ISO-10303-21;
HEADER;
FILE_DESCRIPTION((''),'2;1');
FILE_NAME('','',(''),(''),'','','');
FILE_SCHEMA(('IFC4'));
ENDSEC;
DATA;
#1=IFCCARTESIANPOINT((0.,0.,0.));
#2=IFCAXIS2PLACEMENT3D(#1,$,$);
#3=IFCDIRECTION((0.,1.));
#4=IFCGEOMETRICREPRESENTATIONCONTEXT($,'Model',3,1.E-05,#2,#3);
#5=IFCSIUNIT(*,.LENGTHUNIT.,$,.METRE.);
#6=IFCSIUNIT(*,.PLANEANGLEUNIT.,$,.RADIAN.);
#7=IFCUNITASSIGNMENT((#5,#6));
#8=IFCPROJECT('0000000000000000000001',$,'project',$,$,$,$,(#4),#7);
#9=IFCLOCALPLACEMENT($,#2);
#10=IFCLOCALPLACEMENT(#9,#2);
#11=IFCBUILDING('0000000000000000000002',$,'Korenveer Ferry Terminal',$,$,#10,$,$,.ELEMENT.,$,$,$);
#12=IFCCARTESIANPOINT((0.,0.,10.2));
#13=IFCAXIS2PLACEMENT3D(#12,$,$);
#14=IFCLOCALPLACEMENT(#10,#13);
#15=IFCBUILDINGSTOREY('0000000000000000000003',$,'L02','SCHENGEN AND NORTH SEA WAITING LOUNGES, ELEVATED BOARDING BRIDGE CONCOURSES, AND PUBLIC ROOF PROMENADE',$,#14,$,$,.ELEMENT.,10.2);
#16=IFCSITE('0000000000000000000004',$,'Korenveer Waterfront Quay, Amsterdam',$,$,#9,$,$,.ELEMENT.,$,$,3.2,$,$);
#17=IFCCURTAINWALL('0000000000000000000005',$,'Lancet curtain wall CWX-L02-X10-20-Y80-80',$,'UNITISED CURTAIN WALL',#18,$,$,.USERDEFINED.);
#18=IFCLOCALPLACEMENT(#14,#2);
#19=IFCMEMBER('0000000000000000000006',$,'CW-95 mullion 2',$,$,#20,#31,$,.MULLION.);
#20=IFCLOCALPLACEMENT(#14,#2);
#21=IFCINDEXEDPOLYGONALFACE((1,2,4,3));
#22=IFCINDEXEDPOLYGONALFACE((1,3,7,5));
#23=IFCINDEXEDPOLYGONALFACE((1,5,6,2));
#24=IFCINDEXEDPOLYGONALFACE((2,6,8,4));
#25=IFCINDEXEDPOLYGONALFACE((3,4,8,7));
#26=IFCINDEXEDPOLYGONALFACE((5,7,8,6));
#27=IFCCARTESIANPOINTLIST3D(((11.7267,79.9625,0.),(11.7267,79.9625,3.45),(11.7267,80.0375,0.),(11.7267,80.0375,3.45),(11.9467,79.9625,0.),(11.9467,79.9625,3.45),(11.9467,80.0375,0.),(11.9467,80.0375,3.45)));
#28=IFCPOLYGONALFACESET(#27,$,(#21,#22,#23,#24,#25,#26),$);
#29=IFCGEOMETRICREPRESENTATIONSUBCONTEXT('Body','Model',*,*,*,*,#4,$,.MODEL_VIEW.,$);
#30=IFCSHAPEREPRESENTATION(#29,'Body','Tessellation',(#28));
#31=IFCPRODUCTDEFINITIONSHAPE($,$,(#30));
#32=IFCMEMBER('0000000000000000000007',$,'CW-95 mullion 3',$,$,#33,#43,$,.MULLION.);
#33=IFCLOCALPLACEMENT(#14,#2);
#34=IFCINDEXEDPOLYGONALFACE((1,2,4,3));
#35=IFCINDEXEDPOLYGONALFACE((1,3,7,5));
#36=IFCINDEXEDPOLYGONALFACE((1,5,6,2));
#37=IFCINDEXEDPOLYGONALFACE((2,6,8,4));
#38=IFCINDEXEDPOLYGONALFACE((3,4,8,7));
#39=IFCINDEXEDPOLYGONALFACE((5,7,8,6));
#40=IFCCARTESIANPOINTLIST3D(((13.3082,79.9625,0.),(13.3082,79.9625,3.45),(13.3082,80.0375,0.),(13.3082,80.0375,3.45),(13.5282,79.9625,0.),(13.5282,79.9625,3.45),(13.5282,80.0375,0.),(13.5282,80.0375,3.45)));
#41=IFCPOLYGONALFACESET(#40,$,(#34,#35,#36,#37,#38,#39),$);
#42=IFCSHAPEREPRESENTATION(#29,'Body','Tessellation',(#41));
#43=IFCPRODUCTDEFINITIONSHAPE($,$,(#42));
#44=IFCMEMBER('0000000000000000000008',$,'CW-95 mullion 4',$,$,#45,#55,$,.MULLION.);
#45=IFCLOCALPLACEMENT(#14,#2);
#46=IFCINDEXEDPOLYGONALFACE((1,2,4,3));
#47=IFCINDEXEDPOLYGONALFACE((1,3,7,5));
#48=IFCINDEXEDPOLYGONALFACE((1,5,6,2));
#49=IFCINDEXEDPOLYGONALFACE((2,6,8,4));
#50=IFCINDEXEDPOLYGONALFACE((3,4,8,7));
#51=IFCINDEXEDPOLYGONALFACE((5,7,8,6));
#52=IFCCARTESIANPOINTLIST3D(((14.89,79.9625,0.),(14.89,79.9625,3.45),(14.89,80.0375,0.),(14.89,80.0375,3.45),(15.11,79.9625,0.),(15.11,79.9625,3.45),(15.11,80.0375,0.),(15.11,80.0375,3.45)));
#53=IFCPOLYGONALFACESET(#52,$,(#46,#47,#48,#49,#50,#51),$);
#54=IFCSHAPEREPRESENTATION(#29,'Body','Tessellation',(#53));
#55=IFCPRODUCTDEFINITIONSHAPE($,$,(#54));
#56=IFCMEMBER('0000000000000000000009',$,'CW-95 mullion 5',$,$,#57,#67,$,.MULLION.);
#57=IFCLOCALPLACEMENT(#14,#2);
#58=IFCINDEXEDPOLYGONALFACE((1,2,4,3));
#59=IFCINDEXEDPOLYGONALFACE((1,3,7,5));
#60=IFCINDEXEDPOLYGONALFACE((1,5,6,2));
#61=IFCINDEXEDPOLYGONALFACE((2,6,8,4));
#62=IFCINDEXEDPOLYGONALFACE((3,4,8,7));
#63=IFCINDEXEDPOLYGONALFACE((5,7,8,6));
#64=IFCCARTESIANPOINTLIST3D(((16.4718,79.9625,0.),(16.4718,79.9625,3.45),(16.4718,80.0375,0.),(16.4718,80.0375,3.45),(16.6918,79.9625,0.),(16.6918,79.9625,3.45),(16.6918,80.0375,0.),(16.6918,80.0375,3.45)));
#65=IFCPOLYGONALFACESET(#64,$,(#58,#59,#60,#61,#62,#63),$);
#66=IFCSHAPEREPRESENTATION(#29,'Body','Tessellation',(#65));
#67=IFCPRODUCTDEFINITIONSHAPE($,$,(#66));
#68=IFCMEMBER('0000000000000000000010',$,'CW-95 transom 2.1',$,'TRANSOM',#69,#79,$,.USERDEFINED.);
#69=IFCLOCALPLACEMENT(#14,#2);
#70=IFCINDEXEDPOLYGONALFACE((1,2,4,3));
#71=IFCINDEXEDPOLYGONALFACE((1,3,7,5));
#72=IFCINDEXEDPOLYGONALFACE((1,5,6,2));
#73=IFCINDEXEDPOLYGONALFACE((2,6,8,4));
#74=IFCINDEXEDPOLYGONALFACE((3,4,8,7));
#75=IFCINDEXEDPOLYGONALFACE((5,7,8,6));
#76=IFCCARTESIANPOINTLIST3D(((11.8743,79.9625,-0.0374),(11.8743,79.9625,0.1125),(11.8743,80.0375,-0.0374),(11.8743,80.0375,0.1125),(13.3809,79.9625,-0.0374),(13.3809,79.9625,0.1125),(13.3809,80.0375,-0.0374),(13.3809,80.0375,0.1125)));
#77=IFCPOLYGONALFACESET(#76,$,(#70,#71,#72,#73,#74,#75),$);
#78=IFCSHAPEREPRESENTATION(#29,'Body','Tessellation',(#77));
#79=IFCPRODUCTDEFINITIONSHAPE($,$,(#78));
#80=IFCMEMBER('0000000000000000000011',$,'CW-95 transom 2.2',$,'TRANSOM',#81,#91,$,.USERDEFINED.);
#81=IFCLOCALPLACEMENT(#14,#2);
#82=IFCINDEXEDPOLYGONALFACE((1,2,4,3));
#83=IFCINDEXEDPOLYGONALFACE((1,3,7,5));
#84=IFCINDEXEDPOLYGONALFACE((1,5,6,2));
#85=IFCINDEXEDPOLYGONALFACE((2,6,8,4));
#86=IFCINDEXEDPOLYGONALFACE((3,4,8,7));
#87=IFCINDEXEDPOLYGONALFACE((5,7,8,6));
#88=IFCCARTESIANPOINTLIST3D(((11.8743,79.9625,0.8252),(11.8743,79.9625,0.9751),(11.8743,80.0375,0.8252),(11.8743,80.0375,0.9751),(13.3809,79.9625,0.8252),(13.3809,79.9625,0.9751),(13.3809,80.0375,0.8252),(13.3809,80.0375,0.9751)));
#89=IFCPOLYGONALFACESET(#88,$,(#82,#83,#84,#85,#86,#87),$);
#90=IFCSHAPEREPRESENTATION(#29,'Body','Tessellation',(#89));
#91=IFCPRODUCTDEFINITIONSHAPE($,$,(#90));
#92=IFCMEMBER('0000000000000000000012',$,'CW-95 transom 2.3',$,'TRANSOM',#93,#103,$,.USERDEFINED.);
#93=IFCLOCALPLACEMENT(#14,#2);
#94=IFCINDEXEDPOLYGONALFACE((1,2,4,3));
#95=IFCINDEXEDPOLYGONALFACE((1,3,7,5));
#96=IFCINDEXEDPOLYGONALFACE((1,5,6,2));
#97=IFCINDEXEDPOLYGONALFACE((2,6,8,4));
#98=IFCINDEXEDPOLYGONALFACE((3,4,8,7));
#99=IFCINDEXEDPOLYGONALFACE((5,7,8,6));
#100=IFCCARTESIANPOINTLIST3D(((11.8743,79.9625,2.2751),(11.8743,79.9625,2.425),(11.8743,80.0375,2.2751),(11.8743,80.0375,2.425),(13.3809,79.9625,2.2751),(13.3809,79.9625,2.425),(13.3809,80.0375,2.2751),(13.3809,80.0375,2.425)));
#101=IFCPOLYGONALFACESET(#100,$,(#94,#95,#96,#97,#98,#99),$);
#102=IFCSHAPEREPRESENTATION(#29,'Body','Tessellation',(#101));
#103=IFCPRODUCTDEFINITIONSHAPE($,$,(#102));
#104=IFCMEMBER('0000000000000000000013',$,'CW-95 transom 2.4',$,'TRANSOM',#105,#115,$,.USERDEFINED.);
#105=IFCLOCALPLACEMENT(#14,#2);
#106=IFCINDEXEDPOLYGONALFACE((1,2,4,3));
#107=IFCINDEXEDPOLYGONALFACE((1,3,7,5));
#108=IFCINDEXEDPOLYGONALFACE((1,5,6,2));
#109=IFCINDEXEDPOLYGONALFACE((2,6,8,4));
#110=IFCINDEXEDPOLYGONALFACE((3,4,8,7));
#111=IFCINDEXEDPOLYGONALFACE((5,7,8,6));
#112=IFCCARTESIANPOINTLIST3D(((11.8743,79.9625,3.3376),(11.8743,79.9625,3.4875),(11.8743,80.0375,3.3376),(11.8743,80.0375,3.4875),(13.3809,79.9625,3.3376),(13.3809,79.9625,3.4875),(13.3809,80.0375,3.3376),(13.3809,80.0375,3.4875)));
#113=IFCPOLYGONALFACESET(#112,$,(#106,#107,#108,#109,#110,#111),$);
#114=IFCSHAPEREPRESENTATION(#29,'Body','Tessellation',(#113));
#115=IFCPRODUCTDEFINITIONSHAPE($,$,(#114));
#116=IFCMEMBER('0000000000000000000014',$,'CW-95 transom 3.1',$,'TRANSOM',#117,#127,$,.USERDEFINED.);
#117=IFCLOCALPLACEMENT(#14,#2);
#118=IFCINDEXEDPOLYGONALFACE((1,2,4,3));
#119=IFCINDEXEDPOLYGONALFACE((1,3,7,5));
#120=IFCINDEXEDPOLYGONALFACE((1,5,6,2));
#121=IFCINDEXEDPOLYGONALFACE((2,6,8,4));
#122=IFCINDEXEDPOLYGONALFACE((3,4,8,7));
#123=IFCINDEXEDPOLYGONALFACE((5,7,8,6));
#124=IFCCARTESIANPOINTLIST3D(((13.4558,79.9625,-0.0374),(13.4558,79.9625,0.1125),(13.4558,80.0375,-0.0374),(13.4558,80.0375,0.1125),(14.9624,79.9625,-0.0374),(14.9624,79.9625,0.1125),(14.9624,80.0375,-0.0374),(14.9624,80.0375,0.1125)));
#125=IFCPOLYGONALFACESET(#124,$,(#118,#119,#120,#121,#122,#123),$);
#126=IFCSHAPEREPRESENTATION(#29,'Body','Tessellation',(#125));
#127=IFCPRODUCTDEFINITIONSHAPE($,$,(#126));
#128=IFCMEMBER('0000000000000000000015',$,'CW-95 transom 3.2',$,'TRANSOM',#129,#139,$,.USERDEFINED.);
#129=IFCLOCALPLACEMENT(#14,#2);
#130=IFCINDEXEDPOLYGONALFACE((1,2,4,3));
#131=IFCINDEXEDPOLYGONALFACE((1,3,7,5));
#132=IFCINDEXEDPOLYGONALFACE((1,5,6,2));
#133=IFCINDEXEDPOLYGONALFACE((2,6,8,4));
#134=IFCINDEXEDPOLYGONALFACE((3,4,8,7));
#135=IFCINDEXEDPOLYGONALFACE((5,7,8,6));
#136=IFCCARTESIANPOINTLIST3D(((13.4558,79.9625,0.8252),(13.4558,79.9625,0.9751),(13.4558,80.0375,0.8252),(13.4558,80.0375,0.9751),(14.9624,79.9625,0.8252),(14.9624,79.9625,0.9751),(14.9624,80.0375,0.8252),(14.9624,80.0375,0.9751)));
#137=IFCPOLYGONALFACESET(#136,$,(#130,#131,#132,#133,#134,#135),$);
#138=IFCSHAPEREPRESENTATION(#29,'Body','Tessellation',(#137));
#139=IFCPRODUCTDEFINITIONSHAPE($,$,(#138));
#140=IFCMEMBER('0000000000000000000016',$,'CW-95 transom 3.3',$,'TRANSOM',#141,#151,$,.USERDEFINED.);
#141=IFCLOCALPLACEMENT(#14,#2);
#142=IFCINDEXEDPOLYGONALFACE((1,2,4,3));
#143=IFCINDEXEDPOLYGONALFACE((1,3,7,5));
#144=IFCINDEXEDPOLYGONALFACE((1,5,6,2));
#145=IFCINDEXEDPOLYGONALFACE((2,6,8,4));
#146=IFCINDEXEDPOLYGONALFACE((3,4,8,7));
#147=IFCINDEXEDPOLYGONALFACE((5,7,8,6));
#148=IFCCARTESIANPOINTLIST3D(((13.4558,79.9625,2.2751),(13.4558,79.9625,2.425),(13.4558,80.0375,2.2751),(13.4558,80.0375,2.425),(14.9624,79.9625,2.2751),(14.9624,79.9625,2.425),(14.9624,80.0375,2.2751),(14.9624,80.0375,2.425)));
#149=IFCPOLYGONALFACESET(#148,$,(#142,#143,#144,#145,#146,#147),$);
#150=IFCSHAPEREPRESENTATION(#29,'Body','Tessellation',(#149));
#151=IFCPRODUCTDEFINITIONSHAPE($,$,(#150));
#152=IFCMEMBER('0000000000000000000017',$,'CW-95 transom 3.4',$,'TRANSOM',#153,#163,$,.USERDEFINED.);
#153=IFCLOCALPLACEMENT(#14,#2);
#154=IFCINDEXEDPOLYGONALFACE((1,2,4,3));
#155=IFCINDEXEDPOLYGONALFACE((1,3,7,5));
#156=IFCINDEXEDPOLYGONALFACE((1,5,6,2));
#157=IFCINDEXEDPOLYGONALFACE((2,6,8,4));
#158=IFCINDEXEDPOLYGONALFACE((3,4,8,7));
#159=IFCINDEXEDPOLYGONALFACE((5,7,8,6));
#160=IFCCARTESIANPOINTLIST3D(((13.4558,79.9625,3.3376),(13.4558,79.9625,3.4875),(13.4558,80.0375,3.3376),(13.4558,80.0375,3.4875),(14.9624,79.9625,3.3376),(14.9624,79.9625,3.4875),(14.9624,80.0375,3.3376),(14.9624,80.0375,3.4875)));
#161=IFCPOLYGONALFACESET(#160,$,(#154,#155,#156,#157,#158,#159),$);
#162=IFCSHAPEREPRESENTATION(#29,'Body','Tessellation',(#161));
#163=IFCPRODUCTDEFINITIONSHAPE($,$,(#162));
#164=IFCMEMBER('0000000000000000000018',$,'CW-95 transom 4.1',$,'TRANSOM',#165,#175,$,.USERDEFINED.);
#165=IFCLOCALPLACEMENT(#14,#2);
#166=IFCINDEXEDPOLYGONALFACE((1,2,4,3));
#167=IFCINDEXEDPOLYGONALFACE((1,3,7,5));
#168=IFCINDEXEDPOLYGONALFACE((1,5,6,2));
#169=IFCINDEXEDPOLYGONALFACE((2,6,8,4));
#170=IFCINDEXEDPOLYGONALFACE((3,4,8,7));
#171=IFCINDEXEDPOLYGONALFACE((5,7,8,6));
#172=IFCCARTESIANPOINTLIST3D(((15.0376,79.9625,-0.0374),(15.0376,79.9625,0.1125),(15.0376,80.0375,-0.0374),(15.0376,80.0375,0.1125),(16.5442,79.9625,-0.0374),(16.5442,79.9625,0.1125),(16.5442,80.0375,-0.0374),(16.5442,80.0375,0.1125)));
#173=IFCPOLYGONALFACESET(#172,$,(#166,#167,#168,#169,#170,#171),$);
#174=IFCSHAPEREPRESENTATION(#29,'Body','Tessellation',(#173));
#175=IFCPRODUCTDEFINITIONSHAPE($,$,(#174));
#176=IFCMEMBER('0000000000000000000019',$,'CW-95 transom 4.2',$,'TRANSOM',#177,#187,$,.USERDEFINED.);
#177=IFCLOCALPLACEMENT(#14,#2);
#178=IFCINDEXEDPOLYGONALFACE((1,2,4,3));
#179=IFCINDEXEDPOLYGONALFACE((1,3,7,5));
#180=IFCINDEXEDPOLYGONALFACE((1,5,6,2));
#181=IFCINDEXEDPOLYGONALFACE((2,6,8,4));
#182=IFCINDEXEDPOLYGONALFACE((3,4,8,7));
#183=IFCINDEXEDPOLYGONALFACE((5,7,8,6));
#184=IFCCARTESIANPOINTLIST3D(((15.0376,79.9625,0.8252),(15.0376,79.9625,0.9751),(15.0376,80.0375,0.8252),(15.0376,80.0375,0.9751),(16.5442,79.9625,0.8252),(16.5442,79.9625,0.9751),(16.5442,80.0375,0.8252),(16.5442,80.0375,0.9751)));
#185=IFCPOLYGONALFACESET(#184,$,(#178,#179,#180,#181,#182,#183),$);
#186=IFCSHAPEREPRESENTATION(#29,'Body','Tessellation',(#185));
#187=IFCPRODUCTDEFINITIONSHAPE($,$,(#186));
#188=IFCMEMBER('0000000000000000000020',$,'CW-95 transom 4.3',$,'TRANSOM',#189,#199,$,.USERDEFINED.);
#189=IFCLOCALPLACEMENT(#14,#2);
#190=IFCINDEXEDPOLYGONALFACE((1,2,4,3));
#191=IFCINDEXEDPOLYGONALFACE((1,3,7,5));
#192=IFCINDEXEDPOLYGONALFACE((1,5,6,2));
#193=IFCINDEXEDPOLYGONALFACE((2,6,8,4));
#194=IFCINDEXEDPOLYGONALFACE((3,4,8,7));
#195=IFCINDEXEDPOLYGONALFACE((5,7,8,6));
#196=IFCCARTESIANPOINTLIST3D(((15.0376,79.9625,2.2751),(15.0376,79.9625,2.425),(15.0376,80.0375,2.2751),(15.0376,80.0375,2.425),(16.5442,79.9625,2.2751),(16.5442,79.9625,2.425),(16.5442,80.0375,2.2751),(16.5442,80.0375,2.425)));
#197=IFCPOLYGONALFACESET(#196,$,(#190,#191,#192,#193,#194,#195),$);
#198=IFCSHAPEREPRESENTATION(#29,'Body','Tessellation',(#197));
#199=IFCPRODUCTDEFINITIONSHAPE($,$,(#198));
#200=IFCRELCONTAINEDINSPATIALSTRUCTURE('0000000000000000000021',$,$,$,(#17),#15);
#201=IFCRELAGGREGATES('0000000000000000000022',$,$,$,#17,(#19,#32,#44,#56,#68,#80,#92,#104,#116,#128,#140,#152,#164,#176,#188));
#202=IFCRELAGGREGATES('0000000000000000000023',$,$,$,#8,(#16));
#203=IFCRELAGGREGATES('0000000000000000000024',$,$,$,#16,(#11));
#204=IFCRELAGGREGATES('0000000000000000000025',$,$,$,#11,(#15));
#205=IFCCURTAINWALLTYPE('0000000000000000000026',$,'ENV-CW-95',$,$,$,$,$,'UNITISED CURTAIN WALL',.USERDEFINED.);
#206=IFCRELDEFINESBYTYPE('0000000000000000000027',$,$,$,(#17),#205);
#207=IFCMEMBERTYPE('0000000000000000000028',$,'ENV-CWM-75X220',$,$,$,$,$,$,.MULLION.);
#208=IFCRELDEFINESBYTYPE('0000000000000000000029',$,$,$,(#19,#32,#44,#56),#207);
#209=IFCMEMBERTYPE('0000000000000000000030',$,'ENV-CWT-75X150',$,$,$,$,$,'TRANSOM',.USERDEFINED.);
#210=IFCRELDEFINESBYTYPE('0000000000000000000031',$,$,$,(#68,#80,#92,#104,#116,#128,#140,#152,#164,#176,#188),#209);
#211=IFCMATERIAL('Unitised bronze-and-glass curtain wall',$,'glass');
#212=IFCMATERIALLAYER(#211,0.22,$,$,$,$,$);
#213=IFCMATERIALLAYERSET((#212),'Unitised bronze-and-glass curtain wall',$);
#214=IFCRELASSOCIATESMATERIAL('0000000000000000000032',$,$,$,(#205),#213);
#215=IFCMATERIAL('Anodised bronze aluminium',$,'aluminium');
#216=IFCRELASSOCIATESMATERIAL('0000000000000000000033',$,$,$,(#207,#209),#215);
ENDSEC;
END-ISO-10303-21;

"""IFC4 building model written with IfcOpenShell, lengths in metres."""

from ifc_helpers import new_model, si_unit, direction, frame, origin, origin_2d, place, context, subcontext, project, spatial, rectangle, extrude, material, layer, layer_set, material_profile, profile_set, type_object, element, aggregate, save


model = new_model("IFC4")

# Units and contexts
model_context = context("Model", 3, precision=1e-05, world=origin(), true_north=direction((0.0, 1.0)))
body_context = subcontext(model_context, "Body", "Model", "MODEL_VIEW")
ifc_project = project(units=[si_unit("LENGTHUNIT", "METRE"), si_unit("PLANEANGLEUNIT", "RADIAN")], contexts=[model_context])

# Site, building, storey
site_placement = place(None, origin())
site = spatial("IfcSite", under=ifc_project, at=site_placement, Name="Korenveer Waterfront Quay, Amsterdam", CompositionType="ELEMENT", RefElevation=3.2)
building_placement = place(site_placement, origin())
building = spatial("IfcBuilding", under=site, at=building_placement, Name="Korenveer Ferry Terminal", CompositionType="ELEMENT")
storey_placement = place(building_placement, frame((0.0, 0.0, 10.2)))
storey = spatial("IfcBuildingStorey", under=building, at=storey_placement, Name="L02", Description="SCHENGEN AND NORTH SEA WAITING LOUNGES, ELEVATED BOARDING BRIDGE CONCOURSES, AND PUBLIC ROOF PROMENADE", CompositionType="ELEMENT", Elevation=10.2)

# Curtain wall, members
ifc_material_1 = material(Name="Unitised bronze-and-glass curtain wall", Category="glass")
ifc_layer_1 = layer(ifc_material_1, 0.22)
ifc_layer_set_1 = layer_set([ifc_layer_1], Name="Unitised bronze-and-glass curtain wall")
curtain_wall_type = type_object("IfcCurtainWallType", Name="ENV-CW-95", ElementType="UNITISED CURTAIN WALL", PredefinedType="USERDEFINED", material=ifc_layer_set_1)
curtain_wall_placement = place(storey_placement, frame((10.2549, 80.0, 0.0)))
curtain_wall = element("IfcCurtainWall", 1, at=curtain_wall_placement, inside=storey, type_object=curtain_wall_type, Name="Lancet curtain wall CWX-L02-X10-20-Y80-80", ObjectType="UNITISED CURTAIN WALL", PredefinedType="USERDEFINED")
ifc_material_2 = material(Name="Anodised bronze aluminium", Category="aluminium")
ifc_material_profile_1 = material_profile(ifc_material_2, rectangle(XDim=0.075, YDim=0.22, at=origin_2d()), Name="ALU 75x220")
ifc_profile_set_1 = profile_set([ifc_material_profile_1], Name="Anodised bronze aluminium")
member_type_1 = type_object("IfcMemberType", Name="ENV-CWM-75X220", PredefinedType="MULLION", material=ifc_profile_set_1)
member_1_placement = place(storey_placement, frame((11.8367, 80.0, 0.0), z_axis=(0.0, 0.0, 1.0), x_axis=(0.0, 1.0, 0.0)))
member_1 = element("IfcMember", 2, at=member_1_placement, type_object=member_type_1, Name="CW-95 mullion 2", PredefinedType="MULLION", context=body_context, shape_type="SweptSolid", body=[
    extrude(rectangle(XDim=0.075, YDim=0.22, at=origin_2d()), origin(), (0.0, 0.0, 1.0), 3.45),
])
member_2_placement = place(storey_placement, frame((13.4182, 80.0, 0.0), z_axis=(0.0, 0.0, 1.0), x_axis=(0.0, 1.0, 0.0)))
member_2 = element("IfcMember", 3, at=member_2_placement, type_object=member_type_1, Name="CW-95 mullion 3", PredefinedType="MULLION", context=body_context, shape_type="SweptSolid", body=[
    extrude(rectangle(XDim=0.075, YDim=0.22, at=origin_2d()), origin(), (0.0, 0.0, 1.0), 3.45),
])
member_3_placement = place(storey_placement, frame((15.0, 80.0, 0.0), z_axis=(0.0, 0.0, 1.0), x_axis=(0.0, 1.0, 0.0)))
member_3 = element("IfcMember", 4, at=member_3_placement, type_object=member_type_1, Name="CW-95 mullion 4", PredefinedType="MULLION", context=body_context, shape_type="SweptSolid", body=[
    extrude(rectangle(XDim=0.075, YDim=0.22, at=origin_2d()), origin(), (0.0, 0.0, 1.0), 3.45),
])
member_4_placement = place(storey_placement, frame((16.5818, 80.0, 0.0), z_axis=(0.0, 0.0, 1.0), x_axis=(0.0, 1.0, 0.0)))
member_4 = element("IfcMember", 5, at=member_4_placement, type_object=member_type_1, Name="CW-95 mullion 5", PredefinedType="MULLION", context=body_context, shape_type="SweptSolid", body=[
    extrude(rectangle(XDim=0.075, YDim=0.22, at=origin_2d()), origin(), (0.0, 0.0, 1.0), 3.45),
])
ifc_material_profile_2 = material_profile(ifc_material_2, rectangle(XDim=0.075, YDim=0.1499, at=origin_2d()), Name="ALU 75x150")
ifc_profile_set_2 = profile_set([ifc_material_profile_2], Name="Anodised bronze aluminium")
member_type_2 = type_object("IfcMemberType", Name="ENV-CWT-75X150", ElementType="TRANSOM", PredefinedType="USERDEFINED", material=ifc_profile_set_2)
member_5_placement = place(storey_placement, frame((11.8743, 80.0, 0.0376), z_axis=(1.0, 0.0, 0.0), x_axis=(0.0, 1.0, 0.0)))
member_5 = element("IfcMember", 6, at=member_5_placement, type_object=member_type_2, Name="CW-95 transom 2.1", ObjectType="TRANSOM", PredefinedType="USERDEFINED", context=body_context, shape_type="SweptSolid", body=[
    extrude(rectangle(XDim=0.075, YDim=0.1499, at=origin_2d()), origin(), (0.0, 0.0, 1.0), 1.5066),
])
member_6_placement = place(storey_placement, frame((11.8743, 80.0, 0.9001), z_axis=(1.0, 0.0, 0.0), x_axis=(0.0, 1.0, 0.0)))
member_6 = element("IfcMember", 7, at=member_6_placement, type_object=member_type_2, Name="CW-95 transom 2.2", ObjectType="TRANSOM", PredefinedType="USERDEFINED", context=body_context, shape_type="SweptSolid", body=[
    extrude(rectangle(XDim=0.075, YDim=0.1499, at=origin_2d()), origin(), (0.0, 0.0, 1.0), 1.5066),
])
member_7_placement = place(storey_placement, frame((11.8743, 80.0, 2.3501), z_axis=(1.0, 0.0, 0.0), x_axis=(0.0, 1.0, 0.0)))
member_7 = element("IfcMember", 8, at=member_7_placement, type_object=member_type_2, Name="CW-95 transom 2.3", ObjectType="TRANSOM", PredefinedType="USERDEFINED", context=body_context, shape_type="SweptSolid", body=[
    extrude(rectangle(XDim=0.075, YDim=0.1499, at=origin_2d()), origin(), (0.0, 0.0, 1.0), 1.5066),
])
member_8_placement = place(storey_placement, frame((11.8743, 80.0, 3.4126), z_axis=(1.0, 0.0, 0.0), x_axis=(0.0, 1.0, 0.0)))
member_8 = element("IfcMember", 9, at=member_8_placement, type_object=member_type_2, Name="CW-95 transom 2.4", ObjectType="TRANSOM", PredefinedType="USERDEFINED", context=body_context, shape_type="SweptSolid", body=[
    extrude(rectangle(XDim=0.075, YDim=0.1499, at=origin_2d()), origin(), (0.0, 0.0, 1.0), 1.5066),
])
member_9_placement = place(storey_placement, frame((13.4558, 80.0, 0.0376), z_axis=(1.0, 0.0, 0.0), x_axis=(0.0, 1.0, 0.0)))
member_9 = element("IfcMember", 10, at=member_9_placement, type_object=member_type_2, Name="CW-95 transom 3.1", ObjectType="TRANSOM", PredefinedType="USERDEFINED", context=body_context, shape_type="SweptSolid", body=[
    extrude(rectangle(XDim=0.075, YDim=0.1499, at=origin_2d()), origin(), (0.0, 0.0, 1.0), 1.5066),
])
member_10_placement = place(storey_placement, frame((13.4558, 80.0, 0.9001), z_axis=(1.0, 0.0, 0.0), x_axis=(0.0, 1.0, 0.0)))
member_10 = element("IfcMember", 11, at=member_10_placement, type_object=member_type_2, Name="CW-95 transom 3.2", ObjectType="TRANSOM", PredefinedType="USERDEFINED", context=body_context, shape_type="SweptSolid", body=[
    extrude(rectangle(XDim=0.075, YDim=0.1499, at=origin_2d()), origin(), (0.0, 0.0, 1.0), 1.5066),
])
member_11_placement = place(storey_placement, frame((13.4558, 80.0, 2.3501), z_axis=(1.0, 0.0, 0.0), x_axis=(0.0, 1.0, 0.0)))
member_11 = element("IfcMember", 12, at=member_11_placement, type_object=member_type_2, Name="CW-95 transom 3.3", ObjectType="TRANSOM", PredefinedType="USERDEFINED", context=body_context, shape_type="SweptSolid", body=[
    extrude(rectangle(XDim=0.075, YDim=0.1499, at=origin_2d()), origin(), (0.0, 0.0, 1.0), 1.5066),
])
member_12_placement = place(storey_placement, frame((13.4558, 80.0, 3.4126), z_axis=(1.0, 0.0, 0.0), x_axis=(0.0, 1.0, 0.0)))
member_12 = element("IfcMember", 13, at=member_12_placement, type_object=member_type_2, Name="CW-95 transom 3.4", ObjectType="TRANSOM", PredefinedType="USERDEFINED", context=body_context, shape_type="SweptSolid", body=[
    extrude(rectangle(XDim=0.075, YDim=0.1499, at=origin_2d()), origin(), (0.0, 0.0, 1.0), 1.5066),
])
member_13_placement = place(storey_placement, frame((15.0376, 80.0, 0.0376), z_axis=(1.0, 0.0, 0.0), x_axis=(0.0, 1.0, 0.0)))
member_13 = element("IfcMember", 14, at=member_13_placement, type_object=member_type_2, Name="CW-95 transom 4.1", ObjectType="TRANSOM", PredefinedType="USERDEFINED", context=body_context, shape_type="SweptSolid", body=[
    extrude(rectangle(XDim=0.075, YDim=0.1499, at=origin_2d()), origin(), (0.0, 0.0, 1.0), 1.5066),
])
member_14_placement = place(storey_placement, frame((15.0376, 80.0, 0.9001), z_axis=(1.0, 0.0, 0.0), x_axis=(0.0, 1.0, 0.0)))
member_14 = element("IfcMember", 15, at=member_14_placement, type_object=member_type_2, Name="CW-95 transom 4.2", ObjectType="TRANSOM", PredefinedType="USERDEFINED", context=body_context, shape_type="SweptSolid", body=[
    extrude(rectangle(XDim=0.075, YDim=0.1499, at=origin_2d()), origin(), (0.0, 0.0, 1.0), 1.5066),
])
member_15_placement = place(storey_placement, frame((15.0376, 80.0, 2.3501), z_axis=(1.0, 0.0, 0.0), x_axis=(0.0, 1.0, 0.0)))
member_15 = element("IfcMember", 16, at=member_15_placement, type_object=member_type_2, Name="CW-95 transom 4.3", ObjectType="TRANSOM", PredefinedType="USERDEFINED", context=body_context, shape_type="SweptSolid", body=[
    extrude(rectangle(XDim=0.075, YDim=0.1499, at=origin_2d()), origin(), (0.0, 0.0, 1.0), 1.5066),
])
aggregate(curtain_wall, [member_1, member_2, member_3, member_4, member_5, member_6, member_7, member_8, member_9, member_10, member_11, member_12, member_13, member_14, member_15])

save(model, "model.ifc")
